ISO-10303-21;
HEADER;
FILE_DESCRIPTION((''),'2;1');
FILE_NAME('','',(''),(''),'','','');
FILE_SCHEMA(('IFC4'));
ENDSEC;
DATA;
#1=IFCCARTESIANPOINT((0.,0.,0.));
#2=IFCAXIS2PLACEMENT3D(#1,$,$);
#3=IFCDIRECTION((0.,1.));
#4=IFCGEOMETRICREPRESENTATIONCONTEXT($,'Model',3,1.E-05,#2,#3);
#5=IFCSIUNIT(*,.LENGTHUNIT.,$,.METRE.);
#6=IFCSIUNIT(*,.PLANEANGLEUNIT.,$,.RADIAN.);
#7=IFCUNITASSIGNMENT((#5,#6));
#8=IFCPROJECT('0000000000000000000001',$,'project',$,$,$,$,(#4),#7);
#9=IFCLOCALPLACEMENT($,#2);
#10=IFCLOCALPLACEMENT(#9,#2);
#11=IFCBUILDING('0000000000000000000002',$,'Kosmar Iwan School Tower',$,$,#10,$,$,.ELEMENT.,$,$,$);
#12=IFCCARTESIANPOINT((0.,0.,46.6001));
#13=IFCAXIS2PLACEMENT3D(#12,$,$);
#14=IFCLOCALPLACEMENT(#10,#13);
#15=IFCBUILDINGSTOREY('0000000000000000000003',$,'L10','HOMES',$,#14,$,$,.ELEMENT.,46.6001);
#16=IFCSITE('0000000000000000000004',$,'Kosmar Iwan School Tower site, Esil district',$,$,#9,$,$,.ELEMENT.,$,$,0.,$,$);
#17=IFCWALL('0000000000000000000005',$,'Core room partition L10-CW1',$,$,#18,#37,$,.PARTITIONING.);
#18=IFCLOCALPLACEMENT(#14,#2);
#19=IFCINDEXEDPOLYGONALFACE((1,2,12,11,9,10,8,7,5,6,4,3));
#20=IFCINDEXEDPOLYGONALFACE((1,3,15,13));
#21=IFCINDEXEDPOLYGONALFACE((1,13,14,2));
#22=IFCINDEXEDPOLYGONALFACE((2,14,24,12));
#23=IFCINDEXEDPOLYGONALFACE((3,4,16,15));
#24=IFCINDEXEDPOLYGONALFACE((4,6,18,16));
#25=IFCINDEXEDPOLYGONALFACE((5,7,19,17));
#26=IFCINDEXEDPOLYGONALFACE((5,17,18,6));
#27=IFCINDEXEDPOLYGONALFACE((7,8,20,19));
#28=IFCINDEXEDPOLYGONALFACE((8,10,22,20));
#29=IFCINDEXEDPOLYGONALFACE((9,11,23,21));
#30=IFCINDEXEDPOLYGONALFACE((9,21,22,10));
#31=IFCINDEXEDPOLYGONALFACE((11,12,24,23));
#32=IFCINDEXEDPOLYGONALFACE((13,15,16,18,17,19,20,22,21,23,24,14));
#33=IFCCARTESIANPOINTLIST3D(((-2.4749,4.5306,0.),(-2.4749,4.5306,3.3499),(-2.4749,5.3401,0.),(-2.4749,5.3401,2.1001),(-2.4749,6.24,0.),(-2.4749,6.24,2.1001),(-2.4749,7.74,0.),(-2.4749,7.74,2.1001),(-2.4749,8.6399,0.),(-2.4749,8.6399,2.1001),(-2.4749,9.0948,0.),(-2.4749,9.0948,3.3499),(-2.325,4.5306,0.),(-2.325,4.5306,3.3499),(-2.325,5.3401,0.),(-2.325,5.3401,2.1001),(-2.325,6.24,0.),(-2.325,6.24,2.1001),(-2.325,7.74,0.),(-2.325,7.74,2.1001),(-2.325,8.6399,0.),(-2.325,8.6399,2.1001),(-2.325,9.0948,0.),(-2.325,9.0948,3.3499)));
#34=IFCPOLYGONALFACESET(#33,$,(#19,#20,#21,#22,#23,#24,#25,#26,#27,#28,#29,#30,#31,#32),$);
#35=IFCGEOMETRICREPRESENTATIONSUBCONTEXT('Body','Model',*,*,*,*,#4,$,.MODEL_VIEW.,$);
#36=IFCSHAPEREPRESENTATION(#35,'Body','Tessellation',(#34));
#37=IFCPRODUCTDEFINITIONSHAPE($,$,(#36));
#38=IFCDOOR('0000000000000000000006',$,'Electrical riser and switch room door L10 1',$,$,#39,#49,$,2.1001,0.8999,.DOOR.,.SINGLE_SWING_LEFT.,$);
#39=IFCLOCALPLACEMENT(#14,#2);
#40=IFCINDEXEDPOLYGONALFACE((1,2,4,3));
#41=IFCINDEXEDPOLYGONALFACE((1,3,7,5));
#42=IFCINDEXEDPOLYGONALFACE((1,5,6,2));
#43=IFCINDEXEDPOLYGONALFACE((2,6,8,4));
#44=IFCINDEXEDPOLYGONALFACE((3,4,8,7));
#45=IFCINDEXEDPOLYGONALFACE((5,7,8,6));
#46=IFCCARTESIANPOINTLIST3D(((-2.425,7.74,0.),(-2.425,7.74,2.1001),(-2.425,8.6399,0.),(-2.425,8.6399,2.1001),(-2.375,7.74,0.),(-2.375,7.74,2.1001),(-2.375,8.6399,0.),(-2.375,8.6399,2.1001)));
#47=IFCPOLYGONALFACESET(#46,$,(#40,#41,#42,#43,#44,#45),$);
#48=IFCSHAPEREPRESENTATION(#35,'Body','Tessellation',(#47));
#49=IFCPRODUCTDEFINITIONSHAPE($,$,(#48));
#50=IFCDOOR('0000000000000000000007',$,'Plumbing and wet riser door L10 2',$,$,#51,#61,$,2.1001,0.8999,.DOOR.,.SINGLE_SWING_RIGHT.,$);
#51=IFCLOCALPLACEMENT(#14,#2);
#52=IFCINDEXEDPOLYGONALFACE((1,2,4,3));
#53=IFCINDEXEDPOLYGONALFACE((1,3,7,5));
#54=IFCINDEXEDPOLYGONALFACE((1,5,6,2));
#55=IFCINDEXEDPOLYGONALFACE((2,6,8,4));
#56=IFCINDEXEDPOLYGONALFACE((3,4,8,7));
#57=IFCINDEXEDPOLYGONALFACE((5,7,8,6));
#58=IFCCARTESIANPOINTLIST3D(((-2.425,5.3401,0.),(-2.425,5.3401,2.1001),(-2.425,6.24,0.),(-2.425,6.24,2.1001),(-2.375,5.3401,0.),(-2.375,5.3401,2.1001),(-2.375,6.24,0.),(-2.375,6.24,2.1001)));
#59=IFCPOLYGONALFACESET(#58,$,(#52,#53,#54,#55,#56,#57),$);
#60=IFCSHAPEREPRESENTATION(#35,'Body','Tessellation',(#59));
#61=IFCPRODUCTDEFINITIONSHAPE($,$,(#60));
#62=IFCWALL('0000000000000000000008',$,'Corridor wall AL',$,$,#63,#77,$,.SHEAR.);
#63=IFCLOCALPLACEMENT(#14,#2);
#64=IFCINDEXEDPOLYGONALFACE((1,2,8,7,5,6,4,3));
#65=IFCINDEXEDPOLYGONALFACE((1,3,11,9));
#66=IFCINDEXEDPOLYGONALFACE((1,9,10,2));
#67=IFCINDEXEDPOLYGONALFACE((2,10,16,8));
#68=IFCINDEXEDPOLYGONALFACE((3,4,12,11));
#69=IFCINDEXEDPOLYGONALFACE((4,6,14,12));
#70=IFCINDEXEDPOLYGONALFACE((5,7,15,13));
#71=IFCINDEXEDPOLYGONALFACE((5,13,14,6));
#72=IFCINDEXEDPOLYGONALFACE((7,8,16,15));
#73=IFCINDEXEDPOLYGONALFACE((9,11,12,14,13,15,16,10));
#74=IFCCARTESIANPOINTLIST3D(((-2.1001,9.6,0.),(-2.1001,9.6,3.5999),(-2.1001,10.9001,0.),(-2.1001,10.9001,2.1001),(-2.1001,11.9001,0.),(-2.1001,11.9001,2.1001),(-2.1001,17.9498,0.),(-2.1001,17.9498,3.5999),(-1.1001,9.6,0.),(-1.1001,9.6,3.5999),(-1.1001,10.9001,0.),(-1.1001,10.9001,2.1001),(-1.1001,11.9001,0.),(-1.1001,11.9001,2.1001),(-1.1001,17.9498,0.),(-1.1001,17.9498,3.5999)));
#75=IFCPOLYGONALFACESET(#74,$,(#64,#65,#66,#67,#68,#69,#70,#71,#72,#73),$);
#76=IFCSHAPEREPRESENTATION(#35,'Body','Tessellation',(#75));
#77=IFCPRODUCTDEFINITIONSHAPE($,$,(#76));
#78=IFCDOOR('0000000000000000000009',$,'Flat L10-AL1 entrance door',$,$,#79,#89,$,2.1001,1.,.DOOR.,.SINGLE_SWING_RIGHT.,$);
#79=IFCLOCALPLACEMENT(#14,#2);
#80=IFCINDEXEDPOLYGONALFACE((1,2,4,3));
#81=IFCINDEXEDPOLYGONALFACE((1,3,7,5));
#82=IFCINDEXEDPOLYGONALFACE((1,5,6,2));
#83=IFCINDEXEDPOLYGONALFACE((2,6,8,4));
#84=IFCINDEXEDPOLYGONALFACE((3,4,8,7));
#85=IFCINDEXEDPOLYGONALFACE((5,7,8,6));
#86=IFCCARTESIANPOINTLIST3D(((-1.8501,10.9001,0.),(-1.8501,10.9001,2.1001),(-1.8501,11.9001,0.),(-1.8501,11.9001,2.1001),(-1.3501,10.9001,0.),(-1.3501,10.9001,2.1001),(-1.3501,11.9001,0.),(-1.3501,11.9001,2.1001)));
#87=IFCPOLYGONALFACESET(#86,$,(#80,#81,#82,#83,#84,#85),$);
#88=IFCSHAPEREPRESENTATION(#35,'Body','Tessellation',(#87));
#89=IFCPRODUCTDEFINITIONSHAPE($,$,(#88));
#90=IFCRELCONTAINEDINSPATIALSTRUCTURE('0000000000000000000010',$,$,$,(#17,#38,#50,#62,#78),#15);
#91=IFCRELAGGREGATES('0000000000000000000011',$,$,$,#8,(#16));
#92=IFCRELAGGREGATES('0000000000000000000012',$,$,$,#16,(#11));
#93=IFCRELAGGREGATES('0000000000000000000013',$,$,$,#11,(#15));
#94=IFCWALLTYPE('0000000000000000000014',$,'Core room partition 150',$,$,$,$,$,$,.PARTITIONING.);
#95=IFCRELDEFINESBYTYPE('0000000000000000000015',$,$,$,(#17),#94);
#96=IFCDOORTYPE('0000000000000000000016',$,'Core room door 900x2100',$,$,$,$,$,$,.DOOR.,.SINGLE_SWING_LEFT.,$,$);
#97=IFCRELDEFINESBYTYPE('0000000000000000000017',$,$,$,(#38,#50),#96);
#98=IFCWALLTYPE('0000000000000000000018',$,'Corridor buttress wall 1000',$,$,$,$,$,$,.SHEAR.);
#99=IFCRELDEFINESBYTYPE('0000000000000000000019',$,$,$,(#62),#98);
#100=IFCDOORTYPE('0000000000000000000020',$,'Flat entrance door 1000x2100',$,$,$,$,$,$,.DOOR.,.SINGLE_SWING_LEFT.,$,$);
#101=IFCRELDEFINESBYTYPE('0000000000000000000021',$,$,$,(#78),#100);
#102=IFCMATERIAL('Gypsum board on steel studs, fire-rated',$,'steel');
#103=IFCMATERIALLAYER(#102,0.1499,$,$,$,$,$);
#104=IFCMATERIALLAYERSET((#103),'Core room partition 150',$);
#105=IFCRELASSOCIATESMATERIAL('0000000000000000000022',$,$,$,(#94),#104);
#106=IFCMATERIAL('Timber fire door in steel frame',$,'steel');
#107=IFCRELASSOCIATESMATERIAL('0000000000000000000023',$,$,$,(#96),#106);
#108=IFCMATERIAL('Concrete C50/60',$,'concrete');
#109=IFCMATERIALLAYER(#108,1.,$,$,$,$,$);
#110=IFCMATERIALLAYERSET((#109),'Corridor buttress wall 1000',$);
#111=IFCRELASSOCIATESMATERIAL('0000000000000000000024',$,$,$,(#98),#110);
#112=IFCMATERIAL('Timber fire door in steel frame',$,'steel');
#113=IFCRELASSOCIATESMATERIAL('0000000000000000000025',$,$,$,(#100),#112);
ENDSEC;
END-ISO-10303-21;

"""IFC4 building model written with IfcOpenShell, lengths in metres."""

from ifc_helpers import new_model, si_unit, direction, frame, frame_2d, origin, place, context, subcontext, project, spatial, rectangle, extrude, material, layer, layer_set, type_object, element, fill, save


model = new_model("IFC4")

# Units and contexts
model_context = context("Model", 3, precision=1e-05, world=origin(), true_north=direction((0.0, 1.0)))
body_context = subcontext(model_context, "Body", "Model", "MODEL_VIEW")
ifc_project = project(units=[si_unit("LENGTHUNIT", "METRE"), si_unit("PLANEANGLEUNIT", "RADIAN")], contexts=[model_context])

# Site, building, storey
site_placement = place(None, origin())
site = spatial("IfcSite", under=ifc_project, at=site_placement, Name="Kosmar Iwan School Tower site, Esil district", CompositionType="ELEMENT", RefElevation=0.0)
building_placement = place(site_placement, origin())
building = spatial("IfcBuilding", under=site, at=building_placement, Name="Kosmar Iwan School Tower", CompositionType="ELEMENT")
storey_placement = place(building_placement, frame((0.0, 0.0, 46.6001)))
storey = spatial("IfcBuildingStorey", under=building, at=storey_placement, Name="L10", Description="HOMES", CompositionType="ELEMENT", Elevation=46.6001)

# Wall, openings, doors
ifc_material_1 = material(Name="Gypsum board on steel studs, fire-rated", Category="steel")
ifc_layer_1 = layer(ifc_material_1, 0.1499)
ifc_layer_set_1 = layer_set([ifc_layer_1], Name="Core room partition 150")
wall_type_1 = type_object("IfcWallType", Name="Core room partition 150", PredefinedType="PARTITIONING", material=ifc_layer_set_1)
wall_1_placement = place(storey_placement, frame((-2.3999, 9.095, 0.0), z_axis=(0.0, 0.0, 1.0), x_axis=(0.0, -1.0, 0.0)))
wall_1 = element("IfcWall", 1, at=wall_1_placement, inside=storey, type_object=wall_type_1, Name="Core room partition L10-CW1", PredefinedType="PARTITIONING", context=body_context, shape_type="SweptSolid", body=[
    extrude(rectangle(XDim=4.5642, YDim=0.1499, at=frame_2d((2.2822, 0.0))), origin(), (0.0, 0.0, 1.0), 3.3499),
])
opening_1_placement = place(wall_1_placement, frame((0.4551, 0.0, 0.0)))
opening_1 = element("IfcOpeningElement", 2, at=opening_1_placement, cuts=wall_1, PredefinedType="OPENING", context=body_context, shape_type="SweptSolid", body=[
    extrude(rectangle(XDim=0.8999, YDim=2.1001, at=frame_2d((0.45, 1.05))), frame((0.0, 0.0869, 0.0), z_axis=(0.0, -1.0, 0.0), x_axis=(1.0, 0.0, 0.0)), (0.0, 0.0, 1.0), 0.1738),
])
opening_2_placement = place(wall_1_placement, frame((2.855, 0.0, 0.0)))
opening_2 = element("IfcOpeningElement", 3, at=opening_2_placement, cuts=wall_1, PredefinedType="OPENING", context=body_context, shape_type="SweptSolid", body=[
    extrude(rectangle(XDim=0.8999, YDim=2.1001, at=frame_2d((0.45, 1.05))), frame((0.0, 0.0869, 0.0), z_axis=(0.0, -1.0, 0.0), x_axis=(1.0, 0.0, 0.0)), (0.0, 0.0, 1.0), 0.1738),
])
ifc_material_2 = material(Name="Timber fire door in steel frame", Category="steel")
door_type_1 = type_object("IfcDoorType", Name="Core room door 900x2100", OperationType="SINGLE_SWING_LEFT", PredefinedType="DOOR", material=ifc_material_2)
door_1_placement = place(opening_1_placement, origin())
door_1 = element("IfcDoor", 4, at=door_1_placement, inside=storey, type_object=door_type_1, Name="Electrical riser and switch room door L10 1", OperationType="SINGLE_SWING_LEFT", OverallHeight=2.1001, OverallWidth=0.8999, PredefinedType="DOOR", context=body_context, shape_type="SweptSolid", body=[
    extrude(rectangle(XDim=0.8999, YDim=2.1001, at=frame_2d((0.45, 1.05))), frame((0.0, 0.0249, 0.0), z_axis=(0.0, -1.0, 0.0), x_axis=(1.0, 0.0, 0.0)), (0.0, 0.0, 1.0), 0.05),
])
fill(opening_1, door_1)
door_2_placement = place(opening_2_placement, origin())
door_2 = element("IfcDoor", 5, at=door_2_placement, inside=storey, type_object=door_type_1, Name="Plumbing and wet riser door L10 2", OperationType="SINGLE_SWING_RIGHT", OverallHeight=2.1001, OverallWidth=0.8999, PredefinedType="DOOR", context=body_context, shape_type="SweptSolid", body=[
    extrude(rectangle(XDim=0.8999, YDim=2.1001, at=frame_2d((0.45, 1.05))), frame((0.0, 0.0249, 0.0), z_axis=(0.0, -1.0, 0.0), x_axis=(1.0, 0.0, 0.0)), (0.0, 0.0, 1.0), 0.05),
])
fill(opening_2, door_2)

# Wall, opening, door
ifc_material_3 = material(Name="Concrete C50/60", Category="concrete")
ifc_layer_2 = layer(ifc_material_3, 1.0)
ifc_layer_set_2 = layer_set([ifc_layer_2], Name="Corridor buttress wall 1000")
wall_type_2 = type_object("IfcWallType", Name="Corridor buttress wall 1000", PredefinedType="SHEAR", material=ifc_layer_set_2)
wall_2_placement = place(storey_placement, frame((-1.6001, 9.6001, 0.0), z_axis=(0.0, 0.0, 1.0), x_axis=(0.0, 1.0, 0.0)))
wall_2 = element("IfcWall", 6, at=wall_2_placement, inside=storey, type_object=wall_type_2, Name="Corridor wall AL", PredefinedType="SHEAR", context=body_context, shape_type="SweptSolid", body=[
    extrude(rectangle(XDim=8.3499, YDim=1.0, at=frame_2d((4.1748, 0.0))), origin(), (0.0, 0.0, 1.0), 3.5999),
])
opening_3_placement = place(wall_2_placement, frame((1.3, 0.0, 0.0)))
opening_3 = element("IfcOpeningElement", 7, at=opening_3_placement, cuts=wall_2, PredefinedType="OPENING", context=body_context, shape_type="SweptSolid", body=[
    extrude(rectangle(XDim=1.0, YDim=2.1001, at=frame_2d((0.5, 1.05))), frame((0.0, 0.512, 0.0), z_axis=(0.0, -1.0, 0.0), x_axis=(1.0, 0.0, 0.0)), (0.0, 0.0, 1.0), 1.0239),
])
ifc_material_4 = material(Name="Timber fire door in steel frame", Category="steel")
door_type_2 = type_object("IfcDoorType", Name="Flat entrance door 1000x2100", OperationType="SINGLE_SWING_LEFT", PredefinedType="DOOR", material=ifc_material_4)
door_3_placement = place(opening_3_placement, origin())
door_3 = element("IfcDoor", 8, at=door_3_placement, inside=storey, type_object=door_type_2, Name="Flat L10-AL1 entrance door", OperationType="SINGLE_SWING_RIGHT", OverallHeight=2.1001, OverallWidth=1.0, PredefinedType="DOOR", context=body_context, shape_type="SweptSolid", body=[
    extrude(rectangle(XDim=1.0, YDim=2.1001, at=frame_2d((0.5, 1.05))), frame((0.0, 0.25, 0.0), z_axis=(0.0, -1.0, 0.0), x_axis=(1.0, 0.0, 0.0)), (0.0, 0.0, 1.0), 0.5),
])
fill(opening_3, door_3)

save(model, "model.ifc")
